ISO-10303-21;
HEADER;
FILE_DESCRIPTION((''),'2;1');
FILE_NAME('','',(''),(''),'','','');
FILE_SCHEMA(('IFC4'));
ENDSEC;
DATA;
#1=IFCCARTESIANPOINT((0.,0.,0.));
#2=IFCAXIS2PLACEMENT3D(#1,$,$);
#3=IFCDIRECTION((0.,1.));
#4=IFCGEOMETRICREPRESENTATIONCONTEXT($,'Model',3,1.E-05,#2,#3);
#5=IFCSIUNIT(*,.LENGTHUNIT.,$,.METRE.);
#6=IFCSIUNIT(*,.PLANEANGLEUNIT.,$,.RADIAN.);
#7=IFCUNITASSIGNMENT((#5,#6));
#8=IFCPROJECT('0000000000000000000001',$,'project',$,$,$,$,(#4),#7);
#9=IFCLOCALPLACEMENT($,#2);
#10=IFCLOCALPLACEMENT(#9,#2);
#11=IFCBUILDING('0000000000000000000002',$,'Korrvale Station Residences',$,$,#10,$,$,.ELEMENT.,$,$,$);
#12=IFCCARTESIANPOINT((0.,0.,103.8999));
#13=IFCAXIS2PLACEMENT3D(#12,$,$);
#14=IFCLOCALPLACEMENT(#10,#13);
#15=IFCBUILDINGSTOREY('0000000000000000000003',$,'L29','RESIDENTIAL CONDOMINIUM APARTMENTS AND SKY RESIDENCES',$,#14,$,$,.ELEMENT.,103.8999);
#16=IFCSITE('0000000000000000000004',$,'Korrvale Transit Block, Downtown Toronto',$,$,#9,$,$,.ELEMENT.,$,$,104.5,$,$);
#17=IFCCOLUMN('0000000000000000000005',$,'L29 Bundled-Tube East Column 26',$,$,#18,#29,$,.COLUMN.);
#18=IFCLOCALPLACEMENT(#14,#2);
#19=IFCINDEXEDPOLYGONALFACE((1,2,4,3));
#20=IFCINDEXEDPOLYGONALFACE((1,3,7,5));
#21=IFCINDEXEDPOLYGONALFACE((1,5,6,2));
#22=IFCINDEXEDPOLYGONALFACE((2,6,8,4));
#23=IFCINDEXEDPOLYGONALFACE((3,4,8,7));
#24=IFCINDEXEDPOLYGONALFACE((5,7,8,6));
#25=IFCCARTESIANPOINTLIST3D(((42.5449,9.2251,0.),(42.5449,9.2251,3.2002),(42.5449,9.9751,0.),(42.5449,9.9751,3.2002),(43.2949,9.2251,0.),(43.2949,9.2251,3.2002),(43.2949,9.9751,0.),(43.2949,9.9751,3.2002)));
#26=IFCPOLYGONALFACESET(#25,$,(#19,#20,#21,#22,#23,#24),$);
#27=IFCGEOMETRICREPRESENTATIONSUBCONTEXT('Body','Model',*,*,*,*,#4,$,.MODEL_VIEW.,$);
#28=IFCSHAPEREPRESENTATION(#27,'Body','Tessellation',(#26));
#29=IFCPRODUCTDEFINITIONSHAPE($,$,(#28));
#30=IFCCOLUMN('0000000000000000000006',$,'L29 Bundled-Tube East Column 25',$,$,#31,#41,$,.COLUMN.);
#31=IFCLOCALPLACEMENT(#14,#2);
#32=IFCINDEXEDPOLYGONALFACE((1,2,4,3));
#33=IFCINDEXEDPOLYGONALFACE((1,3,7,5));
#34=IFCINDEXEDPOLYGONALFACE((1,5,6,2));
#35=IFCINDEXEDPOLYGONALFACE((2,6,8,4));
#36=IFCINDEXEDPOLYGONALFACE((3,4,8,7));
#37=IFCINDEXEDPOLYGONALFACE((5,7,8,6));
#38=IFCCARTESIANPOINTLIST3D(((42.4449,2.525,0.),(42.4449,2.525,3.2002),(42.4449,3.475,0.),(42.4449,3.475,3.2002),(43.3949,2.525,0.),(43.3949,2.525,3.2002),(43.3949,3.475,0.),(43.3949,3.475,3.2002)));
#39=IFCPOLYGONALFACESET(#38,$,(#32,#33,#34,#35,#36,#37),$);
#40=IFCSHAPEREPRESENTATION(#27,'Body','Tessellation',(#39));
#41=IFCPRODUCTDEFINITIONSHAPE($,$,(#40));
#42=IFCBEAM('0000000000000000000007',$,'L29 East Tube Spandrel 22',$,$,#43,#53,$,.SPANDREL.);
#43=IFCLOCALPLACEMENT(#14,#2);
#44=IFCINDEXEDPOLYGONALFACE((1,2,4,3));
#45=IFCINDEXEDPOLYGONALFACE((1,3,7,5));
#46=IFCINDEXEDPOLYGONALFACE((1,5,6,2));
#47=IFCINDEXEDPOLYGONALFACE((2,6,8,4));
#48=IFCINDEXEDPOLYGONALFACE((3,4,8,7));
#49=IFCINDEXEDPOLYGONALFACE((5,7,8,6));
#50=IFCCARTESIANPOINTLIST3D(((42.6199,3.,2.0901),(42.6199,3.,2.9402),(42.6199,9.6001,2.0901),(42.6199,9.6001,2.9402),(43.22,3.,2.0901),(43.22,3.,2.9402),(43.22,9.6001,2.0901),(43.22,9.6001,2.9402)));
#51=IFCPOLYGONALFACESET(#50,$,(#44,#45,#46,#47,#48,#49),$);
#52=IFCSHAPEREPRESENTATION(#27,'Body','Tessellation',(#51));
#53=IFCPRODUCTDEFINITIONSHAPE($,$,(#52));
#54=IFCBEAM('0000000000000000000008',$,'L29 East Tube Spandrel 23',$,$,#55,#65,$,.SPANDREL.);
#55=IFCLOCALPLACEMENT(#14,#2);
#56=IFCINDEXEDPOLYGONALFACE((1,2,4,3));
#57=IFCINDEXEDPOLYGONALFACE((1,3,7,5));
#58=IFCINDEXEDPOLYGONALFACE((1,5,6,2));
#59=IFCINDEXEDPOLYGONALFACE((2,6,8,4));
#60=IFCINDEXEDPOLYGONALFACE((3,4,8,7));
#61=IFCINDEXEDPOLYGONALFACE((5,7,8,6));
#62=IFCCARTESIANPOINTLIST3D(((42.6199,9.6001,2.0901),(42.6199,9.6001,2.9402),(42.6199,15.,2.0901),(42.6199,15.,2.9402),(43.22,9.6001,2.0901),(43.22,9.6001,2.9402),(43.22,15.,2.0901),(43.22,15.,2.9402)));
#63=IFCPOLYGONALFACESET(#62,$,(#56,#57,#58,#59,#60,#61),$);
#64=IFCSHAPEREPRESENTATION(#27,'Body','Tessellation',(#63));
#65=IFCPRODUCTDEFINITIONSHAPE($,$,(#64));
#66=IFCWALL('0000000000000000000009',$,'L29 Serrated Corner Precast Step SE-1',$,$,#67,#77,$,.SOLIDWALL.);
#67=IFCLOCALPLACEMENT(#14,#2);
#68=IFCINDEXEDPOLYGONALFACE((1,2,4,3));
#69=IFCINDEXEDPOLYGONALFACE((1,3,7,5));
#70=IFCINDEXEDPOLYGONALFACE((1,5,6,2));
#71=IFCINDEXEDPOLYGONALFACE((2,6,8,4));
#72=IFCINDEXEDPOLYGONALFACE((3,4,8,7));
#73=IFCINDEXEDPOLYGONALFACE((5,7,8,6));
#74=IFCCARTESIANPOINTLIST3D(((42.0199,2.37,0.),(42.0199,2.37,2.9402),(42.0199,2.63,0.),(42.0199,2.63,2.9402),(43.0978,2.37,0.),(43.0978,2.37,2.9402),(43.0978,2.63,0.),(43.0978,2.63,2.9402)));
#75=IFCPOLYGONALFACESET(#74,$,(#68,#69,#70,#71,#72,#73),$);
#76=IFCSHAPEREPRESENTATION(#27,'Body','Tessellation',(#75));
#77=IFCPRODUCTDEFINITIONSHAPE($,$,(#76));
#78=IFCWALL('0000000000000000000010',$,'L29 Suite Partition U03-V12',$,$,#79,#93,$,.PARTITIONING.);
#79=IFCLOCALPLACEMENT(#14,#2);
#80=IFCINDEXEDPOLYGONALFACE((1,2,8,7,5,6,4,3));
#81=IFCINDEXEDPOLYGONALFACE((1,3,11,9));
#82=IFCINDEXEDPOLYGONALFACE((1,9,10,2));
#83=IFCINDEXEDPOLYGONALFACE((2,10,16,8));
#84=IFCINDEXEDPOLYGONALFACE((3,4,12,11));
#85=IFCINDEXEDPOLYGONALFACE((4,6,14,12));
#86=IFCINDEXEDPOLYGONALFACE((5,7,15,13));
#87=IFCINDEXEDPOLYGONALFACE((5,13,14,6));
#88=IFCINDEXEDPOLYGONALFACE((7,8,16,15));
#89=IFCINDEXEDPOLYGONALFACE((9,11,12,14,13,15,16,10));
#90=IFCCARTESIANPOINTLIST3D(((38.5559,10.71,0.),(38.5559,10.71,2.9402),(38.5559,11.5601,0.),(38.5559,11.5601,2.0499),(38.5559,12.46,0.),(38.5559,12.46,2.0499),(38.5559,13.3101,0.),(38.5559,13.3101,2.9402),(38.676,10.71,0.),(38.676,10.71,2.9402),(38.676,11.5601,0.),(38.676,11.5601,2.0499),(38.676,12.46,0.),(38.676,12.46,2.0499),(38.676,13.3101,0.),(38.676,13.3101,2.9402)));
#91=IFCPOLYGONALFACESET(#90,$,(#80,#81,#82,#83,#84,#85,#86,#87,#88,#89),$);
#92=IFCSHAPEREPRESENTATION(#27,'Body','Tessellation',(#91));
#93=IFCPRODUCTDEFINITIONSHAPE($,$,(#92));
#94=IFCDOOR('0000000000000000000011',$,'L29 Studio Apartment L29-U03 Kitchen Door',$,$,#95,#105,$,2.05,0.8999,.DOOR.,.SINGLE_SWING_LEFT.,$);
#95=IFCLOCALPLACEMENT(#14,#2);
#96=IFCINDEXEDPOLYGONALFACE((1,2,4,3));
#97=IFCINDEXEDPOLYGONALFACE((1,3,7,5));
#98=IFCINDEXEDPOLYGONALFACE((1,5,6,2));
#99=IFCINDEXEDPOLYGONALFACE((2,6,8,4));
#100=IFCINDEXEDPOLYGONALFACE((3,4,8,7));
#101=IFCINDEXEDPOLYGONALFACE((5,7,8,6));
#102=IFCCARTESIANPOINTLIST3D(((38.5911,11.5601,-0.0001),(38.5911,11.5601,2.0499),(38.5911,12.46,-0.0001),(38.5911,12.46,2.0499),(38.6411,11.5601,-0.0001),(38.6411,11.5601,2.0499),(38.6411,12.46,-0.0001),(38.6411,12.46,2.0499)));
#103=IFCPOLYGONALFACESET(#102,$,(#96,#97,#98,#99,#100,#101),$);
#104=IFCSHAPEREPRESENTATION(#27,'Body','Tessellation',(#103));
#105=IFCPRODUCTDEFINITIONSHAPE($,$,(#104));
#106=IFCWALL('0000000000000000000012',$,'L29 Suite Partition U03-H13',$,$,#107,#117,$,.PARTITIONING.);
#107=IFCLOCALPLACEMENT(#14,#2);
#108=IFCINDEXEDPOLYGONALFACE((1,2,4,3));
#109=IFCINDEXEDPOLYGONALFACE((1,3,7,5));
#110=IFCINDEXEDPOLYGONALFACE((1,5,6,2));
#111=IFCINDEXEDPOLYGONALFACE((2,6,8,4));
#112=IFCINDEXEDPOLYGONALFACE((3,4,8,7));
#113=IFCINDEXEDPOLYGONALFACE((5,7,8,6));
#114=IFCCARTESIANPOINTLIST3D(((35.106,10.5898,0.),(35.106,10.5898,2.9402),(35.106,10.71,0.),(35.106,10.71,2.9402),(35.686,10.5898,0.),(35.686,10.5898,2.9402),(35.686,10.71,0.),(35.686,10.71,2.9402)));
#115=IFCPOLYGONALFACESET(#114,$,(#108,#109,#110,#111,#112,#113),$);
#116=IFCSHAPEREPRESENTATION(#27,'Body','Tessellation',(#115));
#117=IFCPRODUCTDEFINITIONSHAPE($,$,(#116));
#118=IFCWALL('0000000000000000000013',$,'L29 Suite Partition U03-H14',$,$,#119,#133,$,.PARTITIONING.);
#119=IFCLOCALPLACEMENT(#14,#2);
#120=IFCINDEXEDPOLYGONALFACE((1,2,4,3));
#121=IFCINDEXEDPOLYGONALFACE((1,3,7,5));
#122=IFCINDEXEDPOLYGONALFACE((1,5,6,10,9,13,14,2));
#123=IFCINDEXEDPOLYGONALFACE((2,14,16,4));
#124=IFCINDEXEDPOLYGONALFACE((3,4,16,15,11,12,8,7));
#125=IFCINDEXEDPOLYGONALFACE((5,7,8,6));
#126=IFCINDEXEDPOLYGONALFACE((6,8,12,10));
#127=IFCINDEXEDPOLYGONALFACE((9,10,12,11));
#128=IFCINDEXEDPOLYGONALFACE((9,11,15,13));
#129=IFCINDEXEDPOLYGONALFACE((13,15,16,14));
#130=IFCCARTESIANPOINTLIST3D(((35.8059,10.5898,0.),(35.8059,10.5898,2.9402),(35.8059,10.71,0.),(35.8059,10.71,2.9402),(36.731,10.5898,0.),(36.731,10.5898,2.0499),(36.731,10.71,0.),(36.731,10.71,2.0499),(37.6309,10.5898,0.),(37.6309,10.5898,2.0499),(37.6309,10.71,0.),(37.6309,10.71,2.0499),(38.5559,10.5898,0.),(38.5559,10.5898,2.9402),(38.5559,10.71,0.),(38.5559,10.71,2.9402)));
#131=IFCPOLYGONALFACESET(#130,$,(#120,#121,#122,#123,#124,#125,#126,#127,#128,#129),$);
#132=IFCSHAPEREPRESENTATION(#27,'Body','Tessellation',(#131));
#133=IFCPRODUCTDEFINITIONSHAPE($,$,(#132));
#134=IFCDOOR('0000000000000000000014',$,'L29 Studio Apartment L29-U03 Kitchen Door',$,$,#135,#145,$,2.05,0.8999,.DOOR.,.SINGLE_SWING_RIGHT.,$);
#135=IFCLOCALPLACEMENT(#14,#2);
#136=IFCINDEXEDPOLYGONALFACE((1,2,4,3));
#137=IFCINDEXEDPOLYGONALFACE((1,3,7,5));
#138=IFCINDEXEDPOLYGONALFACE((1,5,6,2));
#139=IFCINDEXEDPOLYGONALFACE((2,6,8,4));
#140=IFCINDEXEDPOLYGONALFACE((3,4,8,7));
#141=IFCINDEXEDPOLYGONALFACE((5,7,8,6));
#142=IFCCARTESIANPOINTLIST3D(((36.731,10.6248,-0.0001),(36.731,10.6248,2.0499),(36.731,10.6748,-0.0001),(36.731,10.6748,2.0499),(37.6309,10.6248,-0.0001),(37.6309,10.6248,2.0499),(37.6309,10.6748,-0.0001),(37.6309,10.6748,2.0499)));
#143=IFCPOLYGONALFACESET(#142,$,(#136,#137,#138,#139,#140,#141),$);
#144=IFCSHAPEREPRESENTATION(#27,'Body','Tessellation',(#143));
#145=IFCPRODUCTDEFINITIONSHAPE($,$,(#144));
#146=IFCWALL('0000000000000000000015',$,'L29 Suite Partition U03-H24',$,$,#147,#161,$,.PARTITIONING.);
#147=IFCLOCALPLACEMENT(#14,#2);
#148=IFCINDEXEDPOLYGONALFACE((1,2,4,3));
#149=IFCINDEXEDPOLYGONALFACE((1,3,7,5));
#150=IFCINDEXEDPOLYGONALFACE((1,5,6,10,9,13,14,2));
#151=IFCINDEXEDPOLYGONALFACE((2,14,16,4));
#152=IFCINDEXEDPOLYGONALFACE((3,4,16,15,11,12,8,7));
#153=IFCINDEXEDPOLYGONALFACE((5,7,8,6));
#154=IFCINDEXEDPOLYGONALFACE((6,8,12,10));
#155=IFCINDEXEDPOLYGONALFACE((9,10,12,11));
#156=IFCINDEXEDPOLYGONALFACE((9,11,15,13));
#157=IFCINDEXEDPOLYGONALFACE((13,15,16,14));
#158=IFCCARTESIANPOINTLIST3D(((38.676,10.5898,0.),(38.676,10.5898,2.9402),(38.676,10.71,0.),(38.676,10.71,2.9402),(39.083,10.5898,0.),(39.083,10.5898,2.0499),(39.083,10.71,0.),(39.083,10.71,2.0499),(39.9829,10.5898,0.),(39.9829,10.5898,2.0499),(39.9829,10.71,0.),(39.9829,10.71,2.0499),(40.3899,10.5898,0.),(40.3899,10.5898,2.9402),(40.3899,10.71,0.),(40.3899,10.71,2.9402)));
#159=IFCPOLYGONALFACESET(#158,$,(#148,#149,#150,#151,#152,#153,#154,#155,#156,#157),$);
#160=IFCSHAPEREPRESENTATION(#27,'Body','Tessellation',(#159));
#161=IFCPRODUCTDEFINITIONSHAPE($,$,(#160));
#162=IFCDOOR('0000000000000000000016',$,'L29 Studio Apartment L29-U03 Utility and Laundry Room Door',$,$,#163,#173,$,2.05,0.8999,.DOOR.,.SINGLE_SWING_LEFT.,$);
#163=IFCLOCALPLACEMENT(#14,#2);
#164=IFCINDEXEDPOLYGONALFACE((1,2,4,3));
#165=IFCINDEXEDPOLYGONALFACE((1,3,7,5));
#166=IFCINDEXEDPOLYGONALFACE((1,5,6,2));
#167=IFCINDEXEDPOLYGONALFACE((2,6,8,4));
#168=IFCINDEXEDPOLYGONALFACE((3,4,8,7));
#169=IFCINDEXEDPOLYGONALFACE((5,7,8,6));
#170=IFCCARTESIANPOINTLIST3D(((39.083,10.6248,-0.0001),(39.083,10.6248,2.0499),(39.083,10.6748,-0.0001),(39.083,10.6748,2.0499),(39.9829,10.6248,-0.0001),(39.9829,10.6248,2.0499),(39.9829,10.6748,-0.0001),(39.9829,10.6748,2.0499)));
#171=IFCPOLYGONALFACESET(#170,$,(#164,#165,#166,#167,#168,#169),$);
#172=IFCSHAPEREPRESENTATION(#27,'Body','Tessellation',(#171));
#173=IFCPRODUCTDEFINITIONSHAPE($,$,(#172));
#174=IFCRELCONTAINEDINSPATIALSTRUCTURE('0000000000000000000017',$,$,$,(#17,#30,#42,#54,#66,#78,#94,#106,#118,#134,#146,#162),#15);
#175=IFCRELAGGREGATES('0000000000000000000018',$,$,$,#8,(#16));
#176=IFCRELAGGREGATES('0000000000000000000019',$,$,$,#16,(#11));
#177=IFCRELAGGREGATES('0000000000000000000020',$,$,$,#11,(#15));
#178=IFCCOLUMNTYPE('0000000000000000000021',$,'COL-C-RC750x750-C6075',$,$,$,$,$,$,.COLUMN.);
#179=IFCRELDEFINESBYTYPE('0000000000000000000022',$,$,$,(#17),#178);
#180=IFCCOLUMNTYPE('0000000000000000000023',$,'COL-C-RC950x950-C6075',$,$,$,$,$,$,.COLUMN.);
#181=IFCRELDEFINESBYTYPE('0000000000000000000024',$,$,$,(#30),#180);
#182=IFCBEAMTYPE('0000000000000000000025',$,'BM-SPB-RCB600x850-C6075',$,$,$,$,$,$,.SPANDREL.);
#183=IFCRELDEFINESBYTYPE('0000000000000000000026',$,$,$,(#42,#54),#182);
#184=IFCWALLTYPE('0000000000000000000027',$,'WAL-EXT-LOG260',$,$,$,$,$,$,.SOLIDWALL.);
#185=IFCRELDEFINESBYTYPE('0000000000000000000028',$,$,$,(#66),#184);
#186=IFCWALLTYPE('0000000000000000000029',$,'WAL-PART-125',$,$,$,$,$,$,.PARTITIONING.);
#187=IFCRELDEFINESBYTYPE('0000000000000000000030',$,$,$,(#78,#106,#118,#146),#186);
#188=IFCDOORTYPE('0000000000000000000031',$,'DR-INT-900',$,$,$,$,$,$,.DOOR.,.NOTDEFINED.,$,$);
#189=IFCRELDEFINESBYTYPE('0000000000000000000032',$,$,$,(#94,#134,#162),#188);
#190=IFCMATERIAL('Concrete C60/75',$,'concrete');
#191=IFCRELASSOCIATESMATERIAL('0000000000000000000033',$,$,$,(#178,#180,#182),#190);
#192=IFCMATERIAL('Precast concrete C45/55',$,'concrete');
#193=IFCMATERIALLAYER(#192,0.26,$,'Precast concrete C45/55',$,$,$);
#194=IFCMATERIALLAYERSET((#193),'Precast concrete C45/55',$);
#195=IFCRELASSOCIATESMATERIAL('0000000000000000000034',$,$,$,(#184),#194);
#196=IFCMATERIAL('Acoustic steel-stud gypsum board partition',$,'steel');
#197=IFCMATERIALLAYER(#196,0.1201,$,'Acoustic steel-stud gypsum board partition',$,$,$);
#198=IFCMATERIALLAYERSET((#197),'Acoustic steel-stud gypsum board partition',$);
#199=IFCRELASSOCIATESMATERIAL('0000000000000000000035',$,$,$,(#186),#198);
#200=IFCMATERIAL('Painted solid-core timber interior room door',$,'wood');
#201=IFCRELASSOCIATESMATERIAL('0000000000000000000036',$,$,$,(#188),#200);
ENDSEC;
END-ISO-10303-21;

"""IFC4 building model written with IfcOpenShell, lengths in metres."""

from ifc_helpers import new_model, si_unit, direction, frame, frame_2d, origin, origin_2d, place, context, subcontext, project, spatial, rectangle, extrude, material, layer, layer_set, material_profile, profile_set, type_object, element, fill, save


model = new_model("IFC4")

# Units and contexts
model_context = context("Model", 3, precision=1e-05, world=origin(), true_north=direction((0.0, 1.0)))
body_context = subcontext(model_context, "Body", "Model", "MODEL_VIEW")
ifc_project = project(units=[si_unit("LENGTHUNIT", "METRE"), si_unit("PLANEANGLEUNIT", "RADIAN")], contexts=[model_context])

# Site, building, storey
site_placement = place(None, origin())
site = spatial("IfcSite", under=ifc_project, at=site_placement, Name="Korrvale Transit Block, Downtown Toronto", CompositionType="ELEMENT", RefElevation=104.5)
building_placement = place(site_placement, origin())
building = spatial("IfcBuilding", under=site, at=building_placement, Name="Korrvale Station Residences", CompositionType="ELEMENT")
storey_placement = place(building_placement, frame((0.0, 0.0, 103.8999)))
storey = spatial("IfcBuildingStorey", under=building, at=storey_placement, Name="L29", Description="RESIDENTIAL CONDOMINIUM APARTMENTS AND SKY RESIDENCES", CompositionType="ELEMENT", Elevation=103.8999)

# Columns
ifc_material_1 = material(Name="Concrete C60/75", Category="concrete")
ifc_material_profile_1 = material_profile(ifc_material_1, rectangle(XDim=0.75, YDim=0.75, at=origin_2d()), Name="RC750x750")
ifc_profile_set_1 = profile_set([ifc_material_profile_1], Name="Concrete C60/75")
column_type_1 = type_object("IfcColumnType", Name="COL-C-RC750x750-C6075", PredefinedType="COLUMN", material=ifc_profile_set_1)
column_1_placement = place(storey_placement, frame((42.9199, 9.6001, 0.0), z_axis=(0.0, 0.0, 1.0), x_axis=(1.0, 0.0, 0.0)))
element("IfcColumn", 1, at=column_1_placement, inside=storey, type_object=column_type_1, Name="L29 Bundled-Tube East Column 26", PredefinedType="COLUMN", context=body_context, shape_type="SweptSolid", body=[
    extrude(rectangle(XDim=0.75, YDim=0.75, at=origin_2d()), origin(), (0.0, 0.0, 1.0), 3.2002),
])
ifc_material_profile_2 = material_profile(ifc_material_1, rectangle(XDim=0.95, YDim=0.95, at=origin_2d()), Name="RC950x950")
ifc_profile_set_2 = profile_set([ifc_material_profile_2], Name="Concrete C60/75")
column_type_2 = type_object("IfcColumnType", Name="COL-C-RC950x950-C6075", PredefinedType="COLUMN", material=ifc_profile_set_2)
column_2_placement = place(storey_placement, frame((42.9199, 3.0, 0.0), z_axis=(0.0, 0.0, 1.0), x_axis=(1.0, 0.0, 0.0)))
element("IfcColumn", 2, at=column_2_placement, inside=storey, type_object=column_type_2, Name="L29 Bundled-Tube East Column 25", PredefinedType="COLUMN", context=body_context, shape_type="SweptSolid", body=[
    extrude(rectangle(XDim=0.95, YDim=0.95, at=origin_2d()), origin(), (0.0, 0.0, 1.0), 3.2002),
])

# Beams
ifc_material_profile_3 = material_profile(ifc_material_1, rectangle(XDim=0.6001, YDim=0.8501, at=origin_2d()), Name="RCB600x850")
ifc_profile_set_3 = profile_set([ifc_material_profile_3], Name="Concrete C60/75")
beam_type = type_object("IfcBeamType", Name="BM-SPB-RCB600x850-C6075", PredefinedType="SPANDREL", material=ifc_profile_set_3)
beam_1_placement = place(storey_placement, frame((42.9199, 3.0, 2.5151), z_axis=(0.0, 1.0, 0.0), x_axis=(-1.0, 0.0, 0.0)))
element("IfcBeam", 3, at=beam_1_placement, inside=storey, type_object=beam_type, Name="L29 East Tube Spandrel 22", PredefinedType="SPANDREL", context=body_context, shape_type="SweptSolid", body=[
    extrude(rectangle(XDim=0.6001, YDim=0.8501, at=origin_2d()), origin(), (0.0, 0.0, 1.0), 6.6001),
])
beam_2_placement = place(storey_placement, frame((42.9199, 9.6001, 2.5151), z_axis=(0.0, 1.0, 0.0), x_axis=(-1.0, 0.0, 0.0)))
element("IfcBeam", 4, at=beam_2_placement, inside=storey, type_object=beam_type, Name="L29 East Tube Spandrel 23", PredefinedType="SPANDREL", context=body_context, shape_type="SweptSolid", body=[
    extrude(rectangle(XDim=0.6001, YDim=0.8501, at=origin_2d()), origin(), (0.0, 0.0, 1.0), 5.3999),
])

# Wall
ifc_material_2 = material(Name="Precast concrete C45/55", Category="concrete")
ifc_layer_1 = layer(ifc_material_2, 0.26, Name="Precast concrete C45/55")
ifc_layer_set_1 = layer_set([ifc_layer_1], Name="Precast concrete C45/55")
wall_type_1 = type_object("IfcWallType", Name="WAL-EXT-LOG260", PredefinedType="SOLIDWALL", material=ifc_layer_set_1)
wall_1_placement = place(storey_placement, frame((43.0979, 2.5, 0.0), z_axis=(0.0, 0.0, 1.0), x_axis=(-1.0, 0.0, 0.0)))
element("IfcWall", 5, at=wall_1_placement, inside=storey, type_object=wall_type_1, Name="L29 Serrated Corner Precast Step SE-1", PredefinedType="SOLIDWALL", context=body_context, shape_type="SweptSolid", body=[
    extrude(rectangle(XDim=1.0779, YDim=0.26, at=frame_2d((0.5391, 0.0))), origin(), (0.0, 0.0, 1.0), 2.9402),
])

# Wall, opening, door
ifc_material_3 = material(Name="Acoustic steel-stud gypsum board partition", Category="steel")
ifc_layer_2 = layer(ifc_material_3, 0.1201, Name="Acoustic steel-stud gypsum board partition")
ifc_layer_set_2 = layer_set([ifc_layer_2], Name="Acoustic steel-stud gypsum board partition")
wall_type_2 = type_object("IfcWallType", Name="WAL-PART-125", PredefinedType="PARTITIONING", material=ifc_layer_set_2)
wall_2_placement = place(storey_placement, frame((38.616, 10.71, 0.0), z_axis=(0.0, 0.0, 1.0), x_axis=(0.0, 1.0, 0.0)))
wall_2 = element("IfcWall", 6, at=wall_2_placement, inside=storey, type_object=wall_type_2, Name="L29 Suite Partition U03-V12", PredefinedType="PARTITIONING", context=body_context, shape_type="SweptSolid", body=[
    extrude(rectangle(XDim=2.6001, YDim=0.1201, at=frame_2d((1.3, 0.0))), origin(), (0.0, 0.0, 1.0), 2.9402),
])
opening_1_placement = place(wall_2_placement, frame((0.8501, 0.0, 0.0)))
opening_1 = element("IfcOpeningElement", 7, at=opening_1_placement, cuts=wall_2, PredefinedType="OPENING", context=body_context, shape_type="SweptSolid", body=[
    extrude(rectangle(XDim=0.8999, YDim=2.05, at=frame_2d((0.45, 1.0249))), frame((0.0, 0.0701, 0.0), z_axis=(0.0, -1.0, 0.0), x_axis=(1.0, 0.0, 0.0)), (0.0, 0.0, 1.0), 0.1401),
])
ifc_material_4 = material(Name="Painted solid-core timber interior room door", Category="wood")
door_type = type_object("IfcDoorType", Name="DR-INT-900", OperationType="NOTDEFINED", PredefinedType="DOOR", material=ifc_material_4)
door_1_placement = place(opening_1_placement, origin())
door_1 = element("IfcDoor", 8, at=door_1_placement, inside=storey, type_object=door_type, Name="L29 Studio Apartment L29-U03 Kitchen Door", OperationType="SINGLE_SWING_LEFT", OverallHeight=2.05, OverallWidth=0.8999, PredefinedType="DOOR", context=body_context, shape_type="SweptSolid", body=[
    extrude(rectangle(XDim=0.8999, YDim=2.05, at=frame_2d((0.45, 1.0249))), frame((0.0, 0.0249, 0.0), z_axis=(0.0, -1.0, 0.0), x_axis=(1.0, 0.0, 0.0)), (0.0, 0.0, 1.0), 0.05),
])
fill(opening_1, door_1)

# Wall
wall_3_placement = place(storey_placement, frame((35.106, 10.6499, 0.0), z_axis=(0.0, 0.0, 1.0), x_axis=(1.0, 0.0, 0.0)))
element("IfcWall", 9, at=wall_3_placement, inside=storey, type_object=wall_type_2, Name="L29 Suite Partition U03-H13", PredefinedType="PARTITIONING", context=body_context, shape_type="SweptSolid", body=[
    extrude(rectangle(XDim=0.5801, YDim=0.1201, at=frame_2d((0.29, 0.0))), origin(), (0.0, 0.0, 1.0), 2.9402),
])

# Walls, openings, doors
wall_4_placement = place(storey_placement, frame((35.8059, 10.6499, 0.0), z_axis=(0.0, 0.0, 1.0), x_axis=(1.0, 0.0, 0.0)))
wall_4 = element("IfcWall", 10, at=wall_4_placement, inside=storey, type_object=wall_type_2, Name="L29 Suite Partition U03-H14", PredefinedType="PARTITIONING", context=body_context, shape_type="SweptSolid", body=[
    extrude(rectangle(XDim=2.75, YDim=0.1201, at=frame_2d((1.375, 0.0))), origin(), (0.0, 0.0, 1.0), 2.9402),
])
opening_2_placement = place(wall_4_placement, frame((0.925, 0.0, 0.0)))
opening_2 = element("IfcOpeningElement", 11, at=opening_2_placement, cuts=wall_4, PredefinedType="OPENING", context=body_context, shape_type="SweptSolid", body=[
    extrude(rectangle(XDim=0.8999, YDim=2.05, at=frame_2d((0.45, 1.0249))), frame((0.0, 0.0701, 0.0), z_axis=(0.0, -1.0, 0.0), x_axis=(1.0, 0.0, 0.0)), (0.0, 0.0, 1.0), 0.1401),
])
door_2_placement = place(opening_2_placement, origin())
door_2 = element("IfcDoor", 12, at=door_2_placement, inside=storey, type_object=door_type, Name="L29 Studio Apartment L29-U03 Kitchen Door", OperationType="SINGLE_SWING_RIGHT", OverallHeight=2.05, OverallWidth=0.8999, PredefinedType="DOOR", context=body_context, shape_type="SweptSolid", body=[
    extrude(rectangle(XDim=0.8999, YDim=2.05, at=frame_2d((0.45, 1.0249))), frame((0.0, 0.0249, 0.0), z_axis=(0.0, -1.0, 0.0), x_axis=(1.0, 0.0, 0.0)), (0.0, 0.0, 1.0), 0.05),
])
fill(opening_2, door_2)
wall_5_placement = place(storey_placement, frame((38.676, 10.6499, 0.0), z_axis=(0.0, 0.0, 1.0), x_axis=(1.0, 0.0, 0.0)))
wall_5 = element("IfcWall", 13, at=wall_5_placement, inside=storey, type_object=wall_type_2, Name="L29 Suite Partition U03-H24", PredefinedType="PARTITIONING", context=body_context, shape_type="SweptSolid", body=[
    extrude(rectangle(XDim=1.7139, YDim=0.1201, at=frame_2d((0.8569, 0.0))), origin(), (0.0, 0.0, 1.0), 2.9402),
])
opening_3_placement = place(wall_5_placement, frame((0.407, 0.0, 0.0)))
opening_3 = element("IfcOpeningElement", 14, at=opening_3_placement, cuts=wall_5, PredefinedType="OPENING", context=body_context, shape_type="SweptSolid", body=[
    extrude(rectangle(XDim=0.8999, YDim=2.05, at=frame_2d((0.45, 1.0249))), frame((0.0, 0.0701, 0.0), z_axis=(0.0, -1.0, 0.0), x_axis=(1.0, 0.0, 0.0)), (0.0, 0.0, 1.0), 0.1401),
])
door_3_placement = place(opening_3_placement, origin())
door_3 = element("IfcDoor", 15, at=door_3_placement, inside=storey, type_object=door_type, Name="L29 Studio Apartment L29-U03 Utility and Laundry Room Door", OperationType="SINGLE_SWING_LEFT", OverallHeight=2.05, OverallWidth=0.8999, PredefinedType="DOOR", context=body_context, shape_type="SweptSolid", body=[
    extrude(rectangle(XDim=0.8999, YDim=2.05, at=frame_2d((0.45, 1.0249))), frame((0.0, 0.0249, 0.0), z_axis=(0.0, -1.0, 0.0), x_axis=(1.0, 0.0, 0.0)), (0.0, 0.0, 1.0), 0.05),
])
fill(opening_3, door_3)

save(model, "model.ifc")
